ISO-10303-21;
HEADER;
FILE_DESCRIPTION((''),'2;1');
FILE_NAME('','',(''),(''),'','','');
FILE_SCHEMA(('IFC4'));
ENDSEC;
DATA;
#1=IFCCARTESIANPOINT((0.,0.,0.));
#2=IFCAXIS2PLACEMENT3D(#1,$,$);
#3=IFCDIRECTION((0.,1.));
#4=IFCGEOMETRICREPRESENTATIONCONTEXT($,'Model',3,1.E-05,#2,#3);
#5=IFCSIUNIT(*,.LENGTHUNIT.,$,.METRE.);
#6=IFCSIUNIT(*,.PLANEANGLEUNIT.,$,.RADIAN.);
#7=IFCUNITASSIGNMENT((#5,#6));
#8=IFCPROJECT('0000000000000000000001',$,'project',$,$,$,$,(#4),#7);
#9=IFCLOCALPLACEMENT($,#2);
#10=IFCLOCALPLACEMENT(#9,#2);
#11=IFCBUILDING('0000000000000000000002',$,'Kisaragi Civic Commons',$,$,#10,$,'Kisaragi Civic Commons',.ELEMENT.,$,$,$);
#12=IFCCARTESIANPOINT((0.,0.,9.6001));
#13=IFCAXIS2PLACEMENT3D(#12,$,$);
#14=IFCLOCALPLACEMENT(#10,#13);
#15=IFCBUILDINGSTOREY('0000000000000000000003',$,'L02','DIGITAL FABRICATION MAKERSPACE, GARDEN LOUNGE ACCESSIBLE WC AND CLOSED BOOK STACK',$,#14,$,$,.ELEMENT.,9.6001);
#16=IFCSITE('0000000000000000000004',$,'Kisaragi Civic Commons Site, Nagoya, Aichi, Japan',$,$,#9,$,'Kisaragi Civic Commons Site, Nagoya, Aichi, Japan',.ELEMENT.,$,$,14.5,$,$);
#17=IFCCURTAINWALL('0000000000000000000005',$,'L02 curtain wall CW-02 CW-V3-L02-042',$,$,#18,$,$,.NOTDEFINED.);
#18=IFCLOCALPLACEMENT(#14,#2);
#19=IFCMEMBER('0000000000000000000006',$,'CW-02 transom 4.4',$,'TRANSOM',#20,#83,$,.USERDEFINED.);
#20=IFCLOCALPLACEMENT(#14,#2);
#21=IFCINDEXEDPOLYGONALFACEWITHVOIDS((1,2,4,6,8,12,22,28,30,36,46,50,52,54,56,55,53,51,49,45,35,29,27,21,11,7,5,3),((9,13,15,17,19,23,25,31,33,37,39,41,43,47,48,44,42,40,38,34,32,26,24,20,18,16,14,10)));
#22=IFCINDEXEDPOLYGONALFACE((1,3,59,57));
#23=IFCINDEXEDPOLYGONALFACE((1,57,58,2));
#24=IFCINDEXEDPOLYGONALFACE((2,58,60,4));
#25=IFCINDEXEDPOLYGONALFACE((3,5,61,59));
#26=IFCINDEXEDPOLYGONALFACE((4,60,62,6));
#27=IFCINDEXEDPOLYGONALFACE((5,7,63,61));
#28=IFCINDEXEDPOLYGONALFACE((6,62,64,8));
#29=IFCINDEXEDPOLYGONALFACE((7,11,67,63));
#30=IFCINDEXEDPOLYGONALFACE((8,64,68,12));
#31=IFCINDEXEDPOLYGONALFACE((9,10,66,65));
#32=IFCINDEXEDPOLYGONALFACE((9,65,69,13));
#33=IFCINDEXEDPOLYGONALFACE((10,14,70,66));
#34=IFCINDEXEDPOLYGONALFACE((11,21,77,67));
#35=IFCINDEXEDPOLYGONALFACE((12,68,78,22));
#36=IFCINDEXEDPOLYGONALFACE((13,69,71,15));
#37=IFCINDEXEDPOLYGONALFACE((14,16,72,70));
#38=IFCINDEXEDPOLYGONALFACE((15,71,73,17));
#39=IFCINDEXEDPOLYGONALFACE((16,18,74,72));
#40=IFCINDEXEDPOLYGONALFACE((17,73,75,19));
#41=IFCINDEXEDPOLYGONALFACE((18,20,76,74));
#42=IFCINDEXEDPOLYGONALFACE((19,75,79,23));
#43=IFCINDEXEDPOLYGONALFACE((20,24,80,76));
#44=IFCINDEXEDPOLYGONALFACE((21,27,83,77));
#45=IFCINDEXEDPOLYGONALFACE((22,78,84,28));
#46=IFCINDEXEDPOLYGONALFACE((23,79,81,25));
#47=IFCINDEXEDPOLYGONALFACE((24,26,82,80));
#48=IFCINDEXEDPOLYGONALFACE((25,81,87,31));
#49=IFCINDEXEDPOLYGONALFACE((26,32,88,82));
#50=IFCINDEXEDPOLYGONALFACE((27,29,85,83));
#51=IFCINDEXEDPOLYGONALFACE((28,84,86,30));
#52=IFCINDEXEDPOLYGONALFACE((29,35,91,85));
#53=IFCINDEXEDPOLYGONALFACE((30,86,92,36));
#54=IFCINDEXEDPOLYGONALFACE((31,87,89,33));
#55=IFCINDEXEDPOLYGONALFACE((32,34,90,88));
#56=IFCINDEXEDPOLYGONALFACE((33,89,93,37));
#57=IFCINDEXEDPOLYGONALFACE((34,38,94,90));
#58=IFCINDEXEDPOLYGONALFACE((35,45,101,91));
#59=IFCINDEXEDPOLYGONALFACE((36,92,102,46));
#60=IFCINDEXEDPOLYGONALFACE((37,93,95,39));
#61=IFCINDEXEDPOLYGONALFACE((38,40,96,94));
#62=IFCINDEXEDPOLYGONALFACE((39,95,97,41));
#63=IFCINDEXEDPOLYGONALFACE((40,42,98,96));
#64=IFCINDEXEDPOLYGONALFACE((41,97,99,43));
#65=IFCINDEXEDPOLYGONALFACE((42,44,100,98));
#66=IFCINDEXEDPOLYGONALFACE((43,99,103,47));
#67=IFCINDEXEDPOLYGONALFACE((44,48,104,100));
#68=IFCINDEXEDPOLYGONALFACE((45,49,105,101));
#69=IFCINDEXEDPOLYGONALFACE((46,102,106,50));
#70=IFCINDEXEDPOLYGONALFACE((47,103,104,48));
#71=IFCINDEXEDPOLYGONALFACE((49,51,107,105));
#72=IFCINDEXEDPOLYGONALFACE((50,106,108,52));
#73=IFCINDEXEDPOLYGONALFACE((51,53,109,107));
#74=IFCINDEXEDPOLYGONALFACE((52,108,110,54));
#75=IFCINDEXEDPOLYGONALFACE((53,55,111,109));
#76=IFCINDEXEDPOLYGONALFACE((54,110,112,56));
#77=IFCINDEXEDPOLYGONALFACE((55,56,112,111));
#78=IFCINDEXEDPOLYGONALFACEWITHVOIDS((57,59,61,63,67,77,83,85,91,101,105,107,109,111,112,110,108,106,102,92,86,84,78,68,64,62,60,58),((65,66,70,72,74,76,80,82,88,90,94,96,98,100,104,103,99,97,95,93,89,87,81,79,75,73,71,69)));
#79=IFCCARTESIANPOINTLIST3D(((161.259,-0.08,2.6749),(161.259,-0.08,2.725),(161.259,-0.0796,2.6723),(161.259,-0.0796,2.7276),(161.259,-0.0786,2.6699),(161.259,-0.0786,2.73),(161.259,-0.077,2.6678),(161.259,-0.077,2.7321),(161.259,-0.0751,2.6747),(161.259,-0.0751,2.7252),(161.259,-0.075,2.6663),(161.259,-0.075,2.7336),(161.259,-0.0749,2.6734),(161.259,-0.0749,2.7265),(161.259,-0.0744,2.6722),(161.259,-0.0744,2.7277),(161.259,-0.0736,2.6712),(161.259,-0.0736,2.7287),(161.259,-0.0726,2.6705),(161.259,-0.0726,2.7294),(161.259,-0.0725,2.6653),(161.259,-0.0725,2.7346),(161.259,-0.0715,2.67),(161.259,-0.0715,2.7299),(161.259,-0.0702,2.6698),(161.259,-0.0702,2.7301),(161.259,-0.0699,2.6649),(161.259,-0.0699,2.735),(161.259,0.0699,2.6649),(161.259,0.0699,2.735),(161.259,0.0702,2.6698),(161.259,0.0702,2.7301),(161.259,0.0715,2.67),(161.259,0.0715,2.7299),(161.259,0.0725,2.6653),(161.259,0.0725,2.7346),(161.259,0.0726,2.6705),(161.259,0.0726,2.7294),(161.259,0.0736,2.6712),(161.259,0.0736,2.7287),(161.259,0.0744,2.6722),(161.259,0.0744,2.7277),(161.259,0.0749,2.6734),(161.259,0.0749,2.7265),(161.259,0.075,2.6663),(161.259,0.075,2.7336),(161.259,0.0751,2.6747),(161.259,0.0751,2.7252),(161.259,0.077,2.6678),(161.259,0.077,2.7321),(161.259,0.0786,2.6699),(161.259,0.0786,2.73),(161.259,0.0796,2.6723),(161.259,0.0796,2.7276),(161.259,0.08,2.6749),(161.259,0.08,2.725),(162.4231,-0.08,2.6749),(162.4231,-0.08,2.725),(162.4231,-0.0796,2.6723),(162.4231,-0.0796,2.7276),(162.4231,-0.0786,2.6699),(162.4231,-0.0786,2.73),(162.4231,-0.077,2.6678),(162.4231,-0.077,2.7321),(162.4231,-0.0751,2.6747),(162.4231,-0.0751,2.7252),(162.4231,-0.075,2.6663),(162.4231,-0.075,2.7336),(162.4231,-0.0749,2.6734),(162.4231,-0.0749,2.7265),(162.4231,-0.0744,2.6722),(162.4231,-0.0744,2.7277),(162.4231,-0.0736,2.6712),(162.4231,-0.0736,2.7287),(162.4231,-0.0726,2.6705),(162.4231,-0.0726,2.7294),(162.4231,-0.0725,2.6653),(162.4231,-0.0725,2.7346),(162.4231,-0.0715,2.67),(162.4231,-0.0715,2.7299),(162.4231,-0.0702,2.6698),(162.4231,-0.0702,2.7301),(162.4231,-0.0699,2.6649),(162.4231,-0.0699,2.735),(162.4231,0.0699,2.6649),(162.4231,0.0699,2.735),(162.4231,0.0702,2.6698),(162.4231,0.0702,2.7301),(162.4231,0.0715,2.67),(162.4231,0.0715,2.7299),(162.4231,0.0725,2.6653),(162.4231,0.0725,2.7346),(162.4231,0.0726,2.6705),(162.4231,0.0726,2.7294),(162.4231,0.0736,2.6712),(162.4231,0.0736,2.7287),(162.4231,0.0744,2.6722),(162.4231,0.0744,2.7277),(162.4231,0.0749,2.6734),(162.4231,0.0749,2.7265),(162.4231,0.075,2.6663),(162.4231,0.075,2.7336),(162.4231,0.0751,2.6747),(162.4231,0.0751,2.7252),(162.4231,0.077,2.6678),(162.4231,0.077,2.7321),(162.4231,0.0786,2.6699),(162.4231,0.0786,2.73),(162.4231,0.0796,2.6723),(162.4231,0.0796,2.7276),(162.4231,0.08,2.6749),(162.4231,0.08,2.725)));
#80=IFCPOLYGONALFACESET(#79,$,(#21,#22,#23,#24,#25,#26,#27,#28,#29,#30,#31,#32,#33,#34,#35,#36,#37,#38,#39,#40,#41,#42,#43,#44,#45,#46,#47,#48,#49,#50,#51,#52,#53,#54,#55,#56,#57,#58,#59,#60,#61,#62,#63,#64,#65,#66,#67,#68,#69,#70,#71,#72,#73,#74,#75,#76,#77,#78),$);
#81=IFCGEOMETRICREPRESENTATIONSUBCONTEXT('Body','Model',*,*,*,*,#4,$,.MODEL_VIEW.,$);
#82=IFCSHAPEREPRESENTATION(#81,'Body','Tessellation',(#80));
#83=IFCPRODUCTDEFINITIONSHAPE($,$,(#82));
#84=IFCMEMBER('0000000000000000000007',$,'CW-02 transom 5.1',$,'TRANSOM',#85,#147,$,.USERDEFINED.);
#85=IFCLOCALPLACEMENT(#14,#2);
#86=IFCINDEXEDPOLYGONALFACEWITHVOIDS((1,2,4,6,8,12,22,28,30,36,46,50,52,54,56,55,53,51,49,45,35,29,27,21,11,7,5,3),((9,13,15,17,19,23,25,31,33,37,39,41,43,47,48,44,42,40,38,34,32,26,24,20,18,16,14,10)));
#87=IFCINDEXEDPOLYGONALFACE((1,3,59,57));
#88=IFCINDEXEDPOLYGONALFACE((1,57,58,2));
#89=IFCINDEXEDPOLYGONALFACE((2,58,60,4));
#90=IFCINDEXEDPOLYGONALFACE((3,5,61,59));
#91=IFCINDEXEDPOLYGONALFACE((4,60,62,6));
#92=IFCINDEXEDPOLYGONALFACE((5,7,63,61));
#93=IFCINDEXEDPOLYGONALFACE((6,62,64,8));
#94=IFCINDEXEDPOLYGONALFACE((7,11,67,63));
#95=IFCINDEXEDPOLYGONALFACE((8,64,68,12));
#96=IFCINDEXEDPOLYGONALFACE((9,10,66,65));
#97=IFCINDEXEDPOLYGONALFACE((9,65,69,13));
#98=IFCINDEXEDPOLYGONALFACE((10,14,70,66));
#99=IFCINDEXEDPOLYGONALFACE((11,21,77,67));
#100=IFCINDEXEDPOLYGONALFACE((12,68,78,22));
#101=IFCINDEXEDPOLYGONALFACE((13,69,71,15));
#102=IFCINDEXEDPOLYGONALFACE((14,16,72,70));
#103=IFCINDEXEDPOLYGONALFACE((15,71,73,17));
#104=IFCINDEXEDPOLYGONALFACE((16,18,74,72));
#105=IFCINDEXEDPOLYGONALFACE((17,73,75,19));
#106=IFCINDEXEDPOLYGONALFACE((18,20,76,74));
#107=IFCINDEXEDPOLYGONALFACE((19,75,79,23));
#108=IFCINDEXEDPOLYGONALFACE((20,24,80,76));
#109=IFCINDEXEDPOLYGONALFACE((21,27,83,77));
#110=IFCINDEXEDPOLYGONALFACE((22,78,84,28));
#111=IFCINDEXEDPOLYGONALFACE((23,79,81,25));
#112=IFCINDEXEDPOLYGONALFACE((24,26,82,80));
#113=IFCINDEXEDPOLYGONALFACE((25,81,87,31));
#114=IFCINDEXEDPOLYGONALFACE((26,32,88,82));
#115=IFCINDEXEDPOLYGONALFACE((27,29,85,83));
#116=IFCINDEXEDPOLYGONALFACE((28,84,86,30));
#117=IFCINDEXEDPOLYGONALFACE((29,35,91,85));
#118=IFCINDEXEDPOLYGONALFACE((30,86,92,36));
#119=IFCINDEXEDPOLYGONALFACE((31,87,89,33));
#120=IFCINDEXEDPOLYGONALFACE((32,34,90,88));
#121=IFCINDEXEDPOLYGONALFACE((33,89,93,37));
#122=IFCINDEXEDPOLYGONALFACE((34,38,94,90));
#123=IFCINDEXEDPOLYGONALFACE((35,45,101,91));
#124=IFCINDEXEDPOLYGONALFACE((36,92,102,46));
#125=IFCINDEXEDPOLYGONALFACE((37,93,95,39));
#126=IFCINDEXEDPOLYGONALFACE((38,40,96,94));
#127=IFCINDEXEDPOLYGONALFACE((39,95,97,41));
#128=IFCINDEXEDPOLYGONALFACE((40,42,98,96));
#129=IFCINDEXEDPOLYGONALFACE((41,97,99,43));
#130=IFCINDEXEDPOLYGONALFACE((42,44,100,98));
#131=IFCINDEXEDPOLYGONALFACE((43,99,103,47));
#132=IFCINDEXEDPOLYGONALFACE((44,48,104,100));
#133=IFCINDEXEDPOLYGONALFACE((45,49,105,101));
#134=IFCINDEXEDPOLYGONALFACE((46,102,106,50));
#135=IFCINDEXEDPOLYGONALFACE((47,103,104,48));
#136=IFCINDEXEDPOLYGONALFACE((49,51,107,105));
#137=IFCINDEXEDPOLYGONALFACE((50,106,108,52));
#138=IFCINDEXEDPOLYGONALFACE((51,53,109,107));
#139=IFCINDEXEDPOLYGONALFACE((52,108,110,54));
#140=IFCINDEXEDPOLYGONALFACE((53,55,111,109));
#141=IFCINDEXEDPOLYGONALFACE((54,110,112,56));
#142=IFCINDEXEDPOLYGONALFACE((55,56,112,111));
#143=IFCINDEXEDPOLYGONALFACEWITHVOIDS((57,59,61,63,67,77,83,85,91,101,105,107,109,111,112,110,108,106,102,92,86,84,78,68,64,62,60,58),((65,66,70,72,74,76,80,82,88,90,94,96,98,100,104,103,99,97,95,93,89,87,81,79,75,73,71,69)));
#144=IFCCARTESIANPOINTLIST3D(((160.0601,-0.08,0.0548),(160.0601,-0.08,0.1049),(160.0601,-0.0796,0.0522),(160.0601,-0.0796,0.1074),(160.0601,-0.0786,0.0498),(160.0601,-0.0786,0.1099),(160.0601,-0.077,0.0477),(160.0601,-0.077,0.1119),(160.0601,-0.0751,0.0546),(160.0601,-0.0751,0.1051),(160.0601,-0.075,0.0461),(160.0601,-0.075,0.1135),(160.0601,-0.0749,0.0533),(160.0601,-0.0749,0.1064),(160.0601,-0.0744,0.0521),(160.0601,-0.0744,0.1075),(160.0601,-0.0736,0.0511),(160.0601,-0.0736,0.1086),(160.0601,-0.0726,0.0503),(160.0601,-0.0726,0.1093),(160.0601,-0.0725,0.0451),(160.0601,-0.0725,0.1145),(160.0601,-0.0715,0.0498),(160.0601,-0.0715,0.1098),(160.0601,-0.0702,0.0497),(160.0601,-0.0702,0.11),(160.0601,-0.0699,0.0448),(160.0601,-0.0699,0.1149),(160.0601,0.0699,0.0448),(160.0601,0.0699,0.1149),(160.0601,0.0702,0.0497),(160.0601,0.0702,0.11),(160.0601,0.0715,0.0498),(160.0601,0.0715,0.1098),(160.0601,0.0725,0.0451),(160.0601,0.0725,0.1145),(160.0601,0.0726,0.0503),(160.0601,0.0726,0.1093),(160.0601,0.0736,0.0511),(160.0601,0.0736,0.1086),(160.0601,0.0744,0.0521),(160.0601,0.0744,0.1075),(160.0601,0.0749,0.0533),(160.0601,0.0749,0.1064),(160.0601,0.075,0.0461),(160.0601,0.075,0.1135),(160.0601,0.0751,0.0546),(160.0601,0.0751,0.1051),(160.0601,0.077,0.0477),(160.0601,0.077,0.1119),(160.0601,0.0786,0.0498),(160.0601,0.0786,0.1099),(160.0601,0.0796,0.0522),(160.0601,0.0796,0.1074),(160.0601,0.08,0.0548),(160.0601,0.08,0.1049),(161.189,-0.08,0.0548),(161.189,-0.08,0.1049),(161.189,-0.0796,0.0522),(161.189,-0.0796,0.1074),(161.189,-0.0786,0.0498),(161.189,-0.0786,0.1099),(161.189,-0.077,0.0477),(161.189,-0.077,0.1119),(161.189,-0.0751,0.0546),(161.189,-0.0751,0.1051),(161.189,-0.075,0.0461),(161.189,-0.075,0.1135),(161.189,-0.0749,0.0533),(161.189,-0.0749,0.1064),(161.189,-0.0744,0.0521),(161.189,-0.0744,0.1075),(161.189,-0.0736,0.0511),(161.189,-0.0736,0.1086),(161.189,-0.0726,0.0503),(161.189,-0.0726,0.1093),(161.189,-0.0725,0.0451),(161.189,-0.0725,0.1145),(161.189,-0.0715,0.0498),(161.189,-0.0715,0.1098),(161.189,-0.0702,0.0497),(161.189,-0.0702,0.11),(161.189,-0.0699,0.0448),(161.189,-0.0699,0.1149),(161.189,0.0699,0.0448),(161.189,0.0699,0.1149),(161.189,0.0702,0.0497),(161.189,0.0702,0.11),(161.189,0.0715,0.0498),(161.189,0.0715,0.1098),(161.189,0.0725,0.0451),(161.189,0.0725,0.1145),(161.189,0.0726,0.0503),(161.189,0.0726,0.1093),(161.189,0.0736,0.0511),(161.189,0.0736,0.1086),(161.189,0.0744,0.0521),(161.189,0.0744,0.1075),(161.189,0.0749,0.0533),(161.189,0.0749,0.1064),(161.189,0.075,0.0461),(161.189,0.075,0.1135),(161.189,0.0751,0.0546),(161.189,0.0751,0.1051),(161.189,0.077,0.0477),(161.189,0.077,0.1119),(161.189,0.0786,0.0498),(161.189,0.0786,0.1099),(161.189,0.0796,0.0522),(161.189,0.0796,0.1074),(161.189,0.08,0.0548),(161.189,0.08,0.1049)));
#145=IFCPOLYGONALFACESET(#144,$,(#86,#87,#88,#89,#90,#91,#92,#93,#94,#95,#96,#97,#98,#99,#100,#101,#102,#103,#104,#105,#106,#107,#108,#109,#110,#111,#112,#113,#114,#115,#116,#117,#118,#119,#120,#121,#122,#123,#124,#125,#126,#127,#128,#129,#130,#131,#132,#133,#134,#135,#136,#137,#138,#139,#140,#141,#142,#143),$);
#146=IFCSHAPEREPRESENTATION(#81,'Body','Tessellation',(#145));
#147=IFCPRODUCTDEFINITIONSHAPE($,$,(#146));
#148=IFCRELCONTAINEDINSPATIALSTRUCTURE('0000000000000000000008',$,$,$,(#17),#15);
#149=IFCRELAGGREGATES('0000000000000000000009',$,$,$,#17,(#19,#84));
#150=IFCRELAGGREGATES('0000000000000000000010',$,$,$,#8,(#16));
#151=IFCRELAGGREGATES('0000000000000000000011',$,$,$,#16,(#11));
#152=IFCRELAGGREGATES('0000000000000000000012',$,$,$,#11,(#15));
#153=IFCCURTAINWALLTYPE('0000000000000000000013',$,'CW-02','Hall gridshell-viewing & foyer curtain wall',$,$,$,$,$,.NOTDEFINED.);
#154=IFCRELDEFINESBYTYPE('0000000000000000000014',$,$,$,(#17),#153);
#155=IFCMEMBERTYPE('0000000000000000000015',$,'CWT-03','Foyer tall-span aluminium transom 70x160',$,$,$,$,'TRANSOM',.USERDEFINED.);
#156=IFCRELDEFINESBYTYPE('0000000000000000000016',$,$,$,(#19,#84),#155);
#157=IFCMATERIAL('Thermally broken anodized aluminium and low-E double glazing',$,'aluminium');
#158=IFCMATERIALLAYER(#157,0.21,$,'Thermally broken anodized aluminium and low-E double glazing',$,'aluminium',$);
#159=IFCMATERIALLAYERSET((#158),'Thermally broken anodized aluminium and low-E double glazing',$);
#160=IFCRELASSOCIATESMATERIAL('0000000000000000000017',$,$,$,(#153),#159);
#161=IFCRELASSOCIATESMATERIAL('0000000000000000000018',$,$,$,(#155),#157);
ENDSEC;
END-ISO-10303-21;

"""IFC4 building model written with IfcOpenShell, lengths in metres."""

from ifc_helpers import new_model, si_unit, direction, frame, origin, origin_2d, place, context, subcontext, project, spatial, hollow_rectangle, extrude, material, layer, layer_set, material_profile, profile_set, type_object, element, aggregate, save


model = new_model("IFC4")

# Units and contexts
model_context = context("Model", 3, precision=1e-05, world=origin(), true_north=direction((0.0, 1.0)))
body_context = subcontext(model_context, "Body", "Model", "MODEL_VIEW")
ifc_project = project(units=[si_unit("LENGTHUNIT", "METRE"), si_unit("PLANEANGLEUNIT", "RADIAN")], contexts=[model_context])

# Site, building, storey
site_placement = place(None, origin())
site = spatial("IfcSite", under=ifc_project, at=site_placement, Name="Kisaragi Civic Commons Site, Nagoya, Aichi, Japan", LongName="Kisaragi Civic Commons Site, Nagoya, Aichi, Japan", CompositionType="ELEMENT", RefElevation=14.5)
building_placement = place(site_placement, origin())
building = spatial("IfcBuilding", under=site, at=building_placement, Name="Kisaragi Civic Commons", LongName="Kisaragi Civic Commons", CompositionType="ELEMENT")
storey_placement = place(building_placement, frame((0.0, 0.0, 9.6001)))
storey = spatial("IfcBuildingStorey", under=building, at=storey_placement, Name="L02", Description="DIGITAL FABRICATION MAKERSPACE, GARDEN LOUNGE ACCESSIBLE WC AND CLOSED BOOK STACK", CompositionType="ELEMENT", Elevation=9.6001)

# Curtain wall, members
ifc_material_1 = material(Name="Thermally broken anodized aluminium and low-E double glazing", Category="aluminium")
ifc_layer_1 = layer(ifc_material_1, 0.21, Name="Thermally broken anodized aluminium and low-E double glazing", Category="aluminium")
ifc_layer_set_1 = layer_set([ifc_layer_1], Name="Thermally broken anodized aluminium and low-E double glazing")
curtain_wall_type = type_object("IfcCurtainWallType", Name="CW-02", Description="Hall gridshell-viewing & foyer curtain wall", PredefinedType="NOTDEFINED", material=ifc_layer_set_1)
curtain_wall_placement = place(storey_placement, origin())
curtain_wall = element("IfcCurtainWall", 1, at=curtain_wall_placement, inside=storey, type_object=curtain_wall_type, Name="L02 curtain wall CW-02 CW-V3-L02-042", PredefinedType="NOTDEFINED")
ifc_material_profile_1 = material_profile(ifc_material_1, hollow_rectangle(XDim=0.1599, YDim=0.0701, WallThickness=0.0049, InnerFilletRadius=0.0049, OuterFilletRadius=0.01, at=origin_2d()), Name="CWT-70x160x5", Category="aluminium")
ifc_profile_set_1 = profile_set([ifc_material_profile_1], Name="Thermally broken anodized aluminium and low-E double glazing")
member_type_1 = type_object("IfcMemberType", Name="CWT-03", Description="Foyer tall-span aluminium transom 70x160", ElementType="TRANSOM", PredefinedType="USERDEFINED", material=ifc_profile_set_1)
member_1_placement = place(storey_placement, frame((162.4231, 0.0, 2.7), z_axis=(-1.0, 0.0, 0.0), x_axis=(0.0, -1.0, 0.0)))
member_1 = element("IfcMember", 2, at=member_1_placement, type_object=member_type_1, Name="CW-02 transom 4.4", ObjectType="TRANSOM", PredefinedType="USERDEFINED", context=body_context, shape_type="SweptSolid", body=[
    extrude(hollow_rectangle(XDim=0.1599, YDim=0.0701, WallThickness=0.0049, InnerFilletRadius=0.0049, OuterFilletRadius=0.01, at=origin_2d()), origin(), (0.0, 0.0, 1.0), 1.1641),
])
member_2_placement = place(storey_placement, frame((161.189, 0.0, 0.0798), z_axis=(-1.0, 0.0, 0.0), x_axis=(0.0, -1.0, 0.0)))
member_2 = element("IfcMember", 3, at=member_2_placement, type_object=member_type_1, Name="CW-02 transom 5.1", ObjectType="TRANSOM", PredefinedType="USERDEFINED", context=body_context, shape_type="SweptSolid", body=[
    extrude(hollow_rectangle(XDim=0.1599, YDim=0.0701, WallThickness=0.0049, InnerFilletRadius=0.0049, OuterFilletRadius=0.01, at=origin_2d()), origin(), (0.0, 0.0, 1.0), 1.1289),
])

aggregate(curtain_wall, [member_1, member_2])

save(model, "model.ifc")
